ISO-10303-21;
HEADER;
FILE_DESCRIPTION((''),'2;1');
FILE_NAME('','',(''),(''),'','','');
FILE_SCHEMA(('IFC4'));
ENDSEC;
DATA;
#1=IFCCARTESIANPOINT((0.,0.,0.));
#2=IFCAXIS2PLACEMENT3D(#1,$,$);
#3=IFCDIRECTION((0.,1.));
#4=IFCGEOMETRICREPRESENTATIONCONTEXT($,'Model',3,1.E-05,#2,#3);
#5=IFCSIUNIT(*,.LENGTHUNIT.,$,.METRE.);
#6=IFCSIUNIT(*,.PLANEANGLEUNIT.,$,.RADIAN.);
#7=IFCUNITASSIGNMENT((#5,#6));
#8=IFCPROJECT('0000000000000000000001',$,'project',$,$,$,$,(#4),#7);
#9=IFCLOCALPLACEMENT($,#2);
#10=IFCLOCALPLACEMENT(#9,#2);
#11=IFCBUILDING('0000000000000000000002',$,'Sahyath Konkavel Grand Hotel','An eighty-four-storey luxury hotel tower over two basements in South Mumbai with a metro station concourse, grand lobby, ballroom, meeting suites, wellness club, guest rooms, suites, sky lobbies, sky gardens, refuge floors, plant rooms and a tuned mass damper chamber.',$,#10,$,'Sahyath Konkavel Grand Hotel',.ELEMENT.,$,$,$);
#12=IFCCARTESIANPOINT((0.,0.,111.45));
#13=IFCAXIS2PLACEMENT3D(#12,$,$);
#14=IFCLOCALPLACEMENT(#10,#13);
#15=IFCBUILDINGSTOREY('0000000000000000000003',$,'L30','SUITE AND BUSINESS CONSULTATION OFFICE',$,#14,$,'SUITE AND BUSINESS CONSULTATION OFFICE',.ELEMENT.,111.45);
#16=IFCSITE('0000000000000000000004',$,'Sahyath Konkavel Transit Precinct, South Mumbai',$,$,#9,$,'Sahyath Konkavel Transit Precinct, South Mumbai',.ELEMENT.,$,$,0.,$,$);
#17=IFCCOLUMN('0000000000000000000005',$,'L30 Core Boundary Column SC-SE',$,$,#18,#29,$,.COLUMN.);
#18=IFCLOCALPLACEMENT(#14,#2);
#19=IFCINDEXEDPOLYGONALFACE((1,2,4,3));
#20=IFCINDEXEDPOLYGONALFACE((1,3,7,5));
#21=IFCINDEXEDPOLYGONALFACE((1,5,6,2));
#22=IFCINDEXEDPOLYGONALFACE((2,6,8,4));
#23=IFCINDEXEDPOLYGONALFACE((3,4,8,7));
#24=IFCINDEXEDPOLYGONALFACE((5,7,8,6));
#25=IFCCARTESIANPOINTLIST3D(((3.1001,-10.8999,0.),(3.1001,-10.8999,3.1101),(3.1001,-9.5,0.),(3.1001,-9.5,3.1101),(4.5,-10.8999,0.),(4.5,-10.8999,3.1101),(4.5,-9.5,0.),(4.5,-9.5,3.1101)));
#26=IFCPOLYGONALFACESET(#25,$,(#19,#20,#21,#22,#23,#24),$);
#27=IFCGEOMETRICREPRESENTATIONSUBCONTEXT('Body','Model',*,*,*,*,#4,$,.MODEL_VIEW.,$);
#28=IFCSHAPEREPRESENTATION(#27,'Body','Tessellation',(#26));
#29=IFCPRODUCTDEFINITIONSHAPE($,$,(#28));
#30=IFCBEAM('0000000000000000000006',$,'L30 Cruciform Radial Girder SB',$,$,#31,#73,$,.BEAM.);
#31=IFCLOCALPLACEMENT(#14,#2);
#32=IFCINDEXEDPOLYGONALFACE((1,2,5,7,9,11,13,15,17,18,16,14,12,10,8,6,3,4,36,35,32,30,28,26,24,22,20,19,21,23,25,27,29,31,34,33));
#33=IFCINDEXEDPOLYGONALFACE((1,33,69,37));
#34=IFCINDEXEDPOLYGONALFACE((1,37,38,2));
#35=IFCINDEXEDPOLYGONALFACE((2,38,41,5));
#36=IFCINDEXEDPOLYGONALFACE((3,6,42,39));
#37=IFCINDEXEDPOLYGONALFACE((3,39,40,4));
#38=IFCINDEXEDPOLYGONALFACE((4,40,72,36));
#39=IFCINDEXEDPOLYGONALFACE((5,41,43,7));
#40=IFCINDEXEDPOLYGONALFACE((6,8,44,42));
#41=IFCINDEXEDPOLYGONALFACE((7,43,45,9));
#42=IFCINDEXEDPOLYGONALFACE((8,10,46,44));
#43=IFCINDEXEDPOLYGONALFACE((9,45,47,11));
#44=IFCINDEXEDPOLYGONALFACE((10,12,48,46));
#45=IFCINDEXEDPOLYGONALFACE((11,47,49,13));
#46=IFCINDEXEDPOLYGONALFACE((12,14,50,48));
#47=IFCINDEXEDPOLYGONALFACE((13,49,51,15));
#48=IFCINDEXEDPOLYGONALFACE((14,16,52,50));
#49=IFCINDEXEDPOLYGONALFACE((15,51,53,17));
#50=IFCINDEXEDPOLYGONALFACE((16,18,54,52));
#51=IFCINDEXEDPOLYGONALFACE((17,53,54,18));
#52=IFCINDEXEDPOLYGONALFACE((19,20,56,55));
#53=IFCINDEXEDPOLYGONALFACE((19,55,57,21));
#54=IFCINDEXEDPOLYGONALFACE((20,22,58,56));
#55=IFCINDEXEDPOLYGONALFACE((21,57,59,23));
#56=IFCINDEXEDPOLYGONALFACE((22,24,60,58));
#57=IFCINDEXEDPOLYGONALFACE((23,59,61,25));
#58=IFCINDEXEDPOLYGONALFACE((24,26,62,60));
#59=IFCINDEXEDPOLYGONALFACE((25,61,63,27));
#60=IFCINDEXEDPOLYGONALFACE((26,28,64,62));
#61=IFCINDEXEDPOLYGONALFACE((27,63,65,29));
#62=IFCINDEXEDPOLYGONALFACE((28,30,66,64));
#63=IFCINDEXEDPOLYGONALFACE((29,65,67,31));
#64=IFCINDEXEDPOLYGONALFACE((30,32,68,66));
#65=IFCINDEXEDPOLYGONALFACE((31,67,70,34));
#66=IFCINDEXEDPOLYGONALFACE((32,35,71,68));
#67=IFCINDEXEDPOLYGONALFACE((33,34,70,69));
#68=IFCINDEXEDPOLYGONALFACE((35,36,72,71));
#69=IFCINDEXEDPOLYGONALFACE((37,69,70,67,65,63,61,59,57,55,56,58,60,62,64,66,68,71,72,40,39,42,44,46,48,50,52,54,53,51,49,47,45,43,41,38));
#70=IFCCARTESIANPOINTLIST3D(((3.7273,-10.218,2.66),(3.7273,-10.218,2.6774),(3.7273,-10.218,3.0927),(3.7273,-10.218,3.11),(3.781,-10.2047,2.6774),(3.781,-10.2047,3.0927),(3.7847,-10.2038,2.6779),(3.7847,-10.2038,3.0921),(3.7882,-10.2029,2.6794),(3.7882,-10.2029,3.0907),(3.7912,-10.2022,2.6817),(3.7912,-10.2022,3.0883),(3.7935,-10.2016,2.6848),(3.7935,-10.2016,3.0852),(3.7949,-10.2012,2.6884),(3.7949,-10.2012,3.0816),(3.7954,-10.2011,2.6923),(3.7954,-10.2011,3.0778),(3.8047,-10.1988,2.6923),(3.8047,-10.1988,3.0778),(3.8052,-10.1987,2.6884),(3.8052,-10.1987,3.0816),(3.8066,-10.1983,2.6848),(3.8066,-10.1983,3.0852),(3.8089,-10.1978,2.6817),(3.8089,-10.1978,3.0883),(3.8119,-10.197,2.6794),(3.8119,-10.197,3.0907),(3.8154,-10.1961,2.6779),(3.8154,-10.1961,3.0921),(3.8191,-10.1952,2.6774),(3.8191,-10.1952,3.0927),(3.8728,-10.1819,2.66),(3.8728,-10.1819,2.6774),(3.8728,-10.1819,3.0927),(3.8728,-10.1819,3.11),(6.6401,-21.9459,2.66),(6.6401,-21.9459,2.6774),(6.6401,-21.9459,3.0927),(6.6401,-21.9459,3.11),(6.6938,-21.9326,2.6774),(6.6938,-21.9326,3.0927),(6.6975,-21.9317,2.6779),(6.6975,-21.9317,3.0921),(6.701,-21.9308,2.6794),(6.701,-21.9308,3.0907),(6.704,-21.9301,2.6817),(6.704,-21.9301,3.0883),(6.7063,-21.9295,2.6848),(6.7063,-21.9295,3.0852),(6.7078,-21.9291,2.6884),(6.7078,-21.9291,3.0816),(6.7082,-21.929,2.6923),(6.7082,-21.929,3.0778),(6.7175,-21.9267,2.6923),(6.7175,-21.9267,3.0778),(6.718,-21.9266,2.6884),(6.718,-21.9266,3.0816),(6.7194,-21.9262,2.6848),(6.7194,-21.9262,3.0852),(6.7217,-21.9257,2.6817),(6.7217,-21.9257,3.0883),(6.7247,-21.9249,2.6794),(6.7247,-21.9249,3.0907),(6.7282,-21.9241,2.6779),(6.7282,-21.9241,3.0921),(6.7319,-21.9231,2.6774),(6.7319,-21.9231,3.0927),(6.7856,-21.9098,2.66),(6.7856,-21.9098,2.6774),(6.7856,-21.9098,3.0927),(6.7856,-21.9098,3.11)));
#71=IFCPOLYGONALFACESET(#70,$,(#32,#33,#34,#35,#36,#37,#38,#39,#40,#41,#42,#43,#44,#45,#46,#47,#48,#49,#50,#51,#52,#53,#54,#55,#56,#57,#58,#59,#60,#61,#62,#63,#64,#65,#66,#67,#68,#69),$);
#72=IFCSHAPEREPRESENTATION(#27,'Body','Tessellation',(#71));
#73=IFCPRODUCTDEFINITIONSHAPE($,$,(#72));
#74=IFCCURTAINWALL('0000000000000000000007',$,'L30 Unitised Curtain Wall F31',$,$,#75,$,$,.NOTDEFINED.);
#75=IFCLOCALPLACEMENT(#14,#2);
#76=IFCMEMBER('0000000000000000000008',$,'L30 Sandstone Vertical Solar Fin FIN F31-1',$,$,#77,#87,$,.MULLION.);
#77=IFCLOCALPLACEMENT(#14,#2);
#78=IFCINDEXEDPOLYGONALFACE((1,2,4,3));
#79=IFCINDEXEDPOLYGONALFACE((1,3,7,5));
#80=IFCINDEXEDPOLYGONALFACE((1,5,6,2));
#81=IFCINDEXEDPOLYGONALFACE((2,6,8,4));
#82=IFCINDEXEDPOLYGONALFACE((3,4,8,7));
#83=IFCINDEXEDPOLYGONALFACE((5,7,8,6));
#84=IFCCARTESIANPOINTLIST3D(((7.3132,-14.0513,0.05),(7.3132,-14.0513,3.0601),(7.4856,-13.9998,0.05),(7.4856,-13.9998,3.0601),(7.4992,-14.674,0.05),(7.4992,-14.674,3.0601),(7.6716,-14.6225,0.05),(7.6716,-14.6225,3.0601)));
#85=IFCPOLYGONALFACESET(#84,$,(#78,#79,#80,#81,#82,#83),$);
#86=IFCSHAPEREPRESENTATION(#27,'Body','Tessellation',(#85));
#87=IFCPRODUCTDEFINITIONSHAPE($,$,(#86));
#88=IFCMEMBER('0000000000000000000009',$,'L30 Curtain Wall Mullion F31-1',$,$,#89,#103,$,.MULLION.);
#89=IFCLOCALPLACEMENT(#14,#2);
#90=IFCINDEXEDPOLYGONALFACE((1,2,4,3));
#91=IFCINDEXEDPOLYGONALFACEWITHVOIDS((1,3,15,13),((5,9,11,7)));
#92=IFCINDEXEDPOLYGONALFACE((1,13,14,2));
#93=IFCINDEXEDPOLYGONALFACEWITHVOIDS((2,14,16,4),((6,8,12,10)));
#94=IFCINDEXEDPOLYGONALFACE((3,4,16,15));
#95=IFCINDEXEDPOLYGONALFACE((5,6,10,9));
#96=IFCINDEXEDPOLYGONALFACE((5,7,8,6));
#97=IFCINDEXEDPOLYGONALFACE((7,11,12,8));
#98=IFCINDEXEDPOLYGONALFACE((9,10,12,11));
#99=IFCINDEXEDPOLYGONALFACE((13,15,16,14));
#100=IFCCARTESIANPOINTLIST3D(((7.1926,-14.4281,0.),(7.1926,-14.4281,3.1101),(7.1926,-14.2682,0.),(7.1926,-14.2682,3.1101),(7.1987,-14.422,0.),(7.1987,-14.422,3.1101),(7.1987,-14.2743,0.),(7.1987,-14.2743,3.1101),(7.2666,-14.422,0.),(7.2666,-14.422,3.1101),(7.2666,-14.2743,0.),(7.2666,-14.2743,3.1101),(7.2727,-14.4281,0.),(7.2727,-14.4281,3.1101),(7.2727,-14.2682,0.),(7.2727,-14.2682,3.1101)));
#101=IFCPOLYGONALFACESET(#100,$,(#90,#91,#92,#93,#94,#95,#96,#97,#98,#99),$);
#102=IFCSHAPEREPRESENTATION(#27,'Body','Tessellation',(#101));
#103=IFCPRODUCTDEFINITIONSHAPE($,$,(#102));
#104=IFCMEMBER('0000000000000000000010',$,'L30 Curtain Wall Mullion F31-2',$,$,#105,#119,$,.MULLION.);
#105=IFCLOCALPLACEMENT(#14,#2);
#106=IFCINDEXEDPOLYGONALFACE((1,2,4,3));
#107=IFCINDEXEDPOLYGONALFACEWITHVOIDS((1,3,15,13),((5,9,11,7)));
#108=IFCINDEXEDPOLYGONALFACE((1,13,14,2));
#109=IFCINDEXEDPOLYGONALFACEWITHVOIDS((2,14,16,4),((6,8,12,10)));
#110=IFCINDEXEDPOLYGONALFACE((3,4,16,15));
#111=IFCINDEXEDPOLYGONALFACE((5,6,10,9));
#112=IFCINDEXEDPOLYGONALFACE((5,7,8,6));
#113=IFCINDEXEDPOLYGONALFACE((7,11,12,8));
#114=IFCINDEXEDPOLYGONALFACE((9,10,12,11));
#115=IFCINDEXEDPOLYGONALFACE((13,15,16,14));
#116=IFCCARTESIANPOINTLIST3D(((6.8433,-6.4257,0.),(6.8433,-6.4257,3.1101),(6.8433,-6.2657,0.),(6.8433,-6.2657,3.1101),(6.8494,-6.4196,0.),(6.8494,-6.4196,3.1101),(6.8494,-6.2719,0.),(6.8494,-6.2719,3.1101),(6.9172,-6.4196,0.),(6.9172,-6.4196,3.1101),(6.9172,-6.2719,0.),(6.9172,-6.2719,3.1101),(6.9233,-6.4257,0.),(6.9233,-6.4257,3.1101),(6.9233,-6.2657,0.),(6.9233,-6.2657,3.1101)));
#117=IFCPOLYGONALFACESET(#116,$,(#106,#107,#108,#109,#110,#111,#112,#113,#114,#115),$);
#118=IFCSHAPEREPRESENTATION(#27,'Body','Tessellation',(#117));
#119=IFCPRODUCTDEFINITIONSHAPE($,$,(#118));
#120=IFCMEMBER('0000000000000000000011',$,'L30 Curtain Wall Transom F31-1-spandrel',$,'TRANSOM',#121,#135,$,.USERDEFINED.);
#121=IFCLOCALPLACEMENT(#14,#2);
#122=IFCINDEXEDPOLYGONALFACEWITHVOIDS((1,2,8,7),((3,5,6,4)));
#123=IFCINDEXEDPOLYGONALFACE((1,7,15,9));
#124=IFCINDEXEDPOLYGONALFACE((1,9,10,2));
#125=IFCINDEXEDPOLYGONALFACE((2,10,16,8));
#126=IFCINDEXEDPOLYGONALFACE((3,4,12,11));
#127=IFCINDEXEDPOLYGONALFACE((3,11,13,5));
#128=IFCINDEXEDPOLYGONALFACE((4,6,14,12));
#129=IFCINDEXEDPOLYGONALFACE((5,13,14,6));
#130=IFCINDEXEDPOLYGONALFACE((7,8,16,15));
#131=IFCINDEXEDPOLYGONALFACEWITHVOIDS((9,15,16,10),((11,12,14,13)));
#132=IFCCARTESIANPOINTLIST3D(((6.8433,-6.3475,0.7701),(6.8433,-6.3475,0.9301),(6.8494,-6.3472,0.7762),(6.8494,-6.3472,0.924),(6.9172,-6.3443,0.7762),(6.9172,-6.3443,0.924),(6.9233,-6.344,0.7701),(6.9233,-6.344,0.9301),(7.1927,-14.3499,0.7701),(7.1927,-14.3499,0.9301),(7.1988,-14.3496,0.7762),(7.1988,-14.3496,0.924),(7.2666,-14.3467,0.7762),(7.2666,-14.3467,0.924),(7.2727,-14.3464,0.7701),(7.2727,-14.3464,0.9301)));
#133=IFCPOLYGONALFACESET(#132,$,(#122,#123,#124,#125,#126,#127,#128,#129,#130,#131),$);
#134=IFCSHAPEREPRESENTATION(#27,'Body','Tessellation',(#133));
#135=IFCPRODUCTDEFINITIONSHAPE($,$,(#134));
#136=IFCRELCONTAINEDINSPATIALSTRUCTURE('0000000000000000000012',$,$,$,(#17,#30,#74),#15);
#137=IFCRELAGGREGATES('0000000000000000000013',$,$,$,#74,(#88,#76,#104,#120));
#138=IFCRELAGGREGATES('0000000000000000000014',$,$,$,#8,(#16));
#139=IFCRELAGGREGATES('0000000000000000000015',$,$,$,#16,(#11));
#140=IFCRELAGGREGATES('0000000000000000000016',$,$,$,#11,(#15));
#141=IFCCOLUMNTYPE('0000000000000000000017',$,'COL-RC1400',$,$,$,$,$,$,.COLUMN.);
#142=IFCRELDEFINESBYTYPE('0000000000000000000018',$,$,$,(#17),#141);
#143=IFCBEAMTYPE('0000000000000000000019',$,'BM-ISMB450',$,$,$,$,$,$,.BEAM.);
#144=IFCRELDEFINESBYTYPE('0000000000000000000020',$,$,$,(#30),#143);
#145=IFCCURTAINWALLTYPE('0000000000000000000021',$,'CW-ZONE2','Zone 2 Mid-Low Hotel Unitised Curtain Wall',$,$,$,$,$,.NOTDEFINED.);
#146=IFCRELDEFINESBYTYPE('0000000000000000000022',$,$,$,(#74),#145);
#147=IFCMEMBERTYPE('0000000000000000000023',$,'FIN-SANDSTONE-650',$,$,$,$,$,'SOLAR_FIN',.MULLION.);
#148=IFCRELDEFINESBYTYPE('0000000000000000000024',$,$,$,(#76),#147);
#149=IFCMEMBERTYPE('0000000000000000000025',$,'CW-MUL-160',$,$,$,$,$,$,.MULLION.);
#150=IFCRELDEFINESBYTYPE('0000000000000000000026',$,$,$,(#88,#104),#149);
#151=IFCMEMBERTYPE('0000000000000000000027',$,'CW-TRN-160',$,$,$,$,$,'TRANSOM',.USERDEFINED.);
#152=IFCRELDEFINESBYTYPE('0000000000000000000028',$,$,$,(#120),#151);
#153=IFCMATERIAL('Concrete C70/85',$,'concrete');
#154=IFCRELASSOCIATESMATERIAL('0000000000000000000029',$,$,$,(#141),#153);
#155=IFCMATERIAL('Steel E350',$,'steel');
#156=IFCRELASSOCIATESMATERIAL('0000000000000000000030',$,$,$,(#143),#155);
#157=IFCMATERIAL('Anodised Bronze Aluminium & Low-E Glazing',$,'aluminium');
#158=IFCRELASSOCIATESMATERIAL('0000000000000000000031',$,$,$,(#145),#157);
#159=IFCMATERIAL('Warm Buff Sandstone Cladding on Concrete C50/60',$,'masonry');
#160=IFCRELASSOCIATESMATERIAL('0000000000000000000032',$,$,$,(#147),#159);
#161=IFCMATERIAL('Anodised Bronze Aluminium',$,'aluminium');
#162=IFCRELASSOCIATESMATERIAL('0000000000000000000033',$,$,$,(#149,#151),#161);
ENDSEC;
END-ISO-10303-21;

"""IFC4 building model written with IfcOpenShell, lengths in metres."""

from ifc_helpers import new_model, si_unit, direction, frame, origin, origin_2d, place, context, subcontext, project, spatial, rectangle, hollow_rectangle, i_section, extrude, source, transform, mapped, material, material_profile, profile_set, type_object, element, aggregate, save


model = new_model("IFC4")

# Units and contexts
model_context = context("Model", 3, precision=1e-05, world=origin(), true_north=direction((0.0, 1.0)))
body_context = subcontext(model_context, "Body", "Model", "MODEL_VIEW")
ifc_project = project(units=[si_unit("LENGTHUNIT", "METRE"), si_unit("PLANEANGLEUNIT", "RADIAN")], contexts=[model_context])

# Site, building, storey
site_placement = place(None, origin())
site = spatial("IfcSite", under=ifc_project, at=site_placement, Name="Sahyath Konkavel Transit Precinct, South Mumbai", LongName="Sahyath Konkavel Transit Precinct, South Mumbai", CompositionType="ELEMENT", RefElevation=0.0)
building_placement = place(site_placement, origin())
building = spatial("IfcBuilding", under=site, at=building_placement, Name="Sahyath Konkavel Grand Hotel", Description="An eighty-four-storey luxury hotel tower over two basements in South Mumbai with a metro station concourse, grand lobby, ballroom, meeting suites, wellness club, guest rooms, suites, sky lobbies, sky gardens, refuge floors, plant rooms and a tuned mass damper chamber.", LongName="Sahyath Konkavel Grand Hotel", CompositionType="ELEMENT")
storey_placement = place(building_placement, frame((0.0, 0.0, 111.45)))
storey = spatial("IfcBuildingStorey", under=building, at=storey_placement, Name="L30", Description="SUITE AND BUSINESS CONSULTATION OFFICE", LongName="SUITE AND BUSINESS CONSULTATION OFFICE", CompositionType="ELEMENT", Elevation=111.45)

# Column
ifc_material_1 = material(Name="Concrete C70/85", Category="concrete")
ifc_material_profile_1 = material_profile(ifc_material_1, rectangle(XDim=1.3999, YDim=1.3999, at=origin_2d()), Name="RC 1400x1400")
ifc_profile_set_1 = profile_set([ifc_material_profile_1], Name="Concrete C70/85")
column_type = type_object("IfcColumnType", Name="COL-RC1400", PredefinedType="COLUMN", material=ifc_profile_set_1)
shared_shape_1 = source(origin(), body_context, "Body", "SweptSolid", [
    extrude(rectangle(XDim=1.3999, YDim=1.3999, at=origin_2d()), origin(), (0.0, 0.0, 1.0), 3.1101),
])
column_placement = place(storey_placement, frame((3.8, -10.2, 0.0), z_axis=(0.0, 0.0, 1.0), x_axis=(1.0, 0.0, 0.0)))
element("IfcColumn", 1, at=column_placement, inside=storey, type_object=column_type, Name="L30 Core Boundary Column SC-SE", PredefinedType="COLUMN", context=body_context, shape_type="MappedRepresentation", body=[
    mapped(shared_shape_1, transform((0.0, 0.0, 0.0), scale=1.0)),
])

# Beam
ifc_material_2 = material(Name="Steel E350", Category="steel")
ifc_material_profile_2 = material_profile(ifc_material_2, i_section(OverallWidth=0.1499, OverallDepth=0.45, WebThickness=0.0095, FlangeThickness=0.0173, FilletRadius=0.0149, at=origin_2d()), Name="ISMB 450")
ifc_profile_set_2 = profile_set([ifc_material_profile_2], Name="Steel E350")
beam_type_1 = type_object("IfcBeamType", Name="BM-ISMB450", PredefinedType="BEAM", material=ifc_profile_set_2)
shared_shape_2 = source(origin(), body_context, "Body", "SweptSolid", [
    extrude(i_section(OverallWidth=0.1499, OverallDepth=0.45, WebThickness=0.0095, FlangeThickness=0.0173, FilletRadius=0.0149, at=origin_2d()), origin(), (0.0, 0.0, 1.0), 12.0842),
])
beam_1_placement = place(storey_placement, frame((3.8, -10.2, 2.885), z_axis=(0.241043, -0.970515, 0.0), x_axis=(0.970515, 0.241043, 0.0)))
element("IfcBeam", 2, at=beam_1_placement, inside=storey, type_object=beam_type_1, Name="L30 Cruciform Radial Girder SB", PredefinedType="BEAM", context=body_context, shape_type="MappedRepresentation", body=[
    mapped(shared_shape_2, transform((0.0, 0.0, 0.0), scale=1.0)),
])

# Curtain wall, members
ifc_material_3 = material(Name="Anodised Bronze Aluminium & Low-E Glazing", Category="aluminium")
curtain_wall_type = type_object("IfcCurtainWallType", Name="CW-ZONE2", Description="Zone 2 Mid-Low Hotel Unitised Curtain Wall", PredefinedType="NOTDEFINED", material=ifc_material_3)
curtain_wall_placement = place(storey_placement, origin())
curtain_wall = element("IfcCurtainWall", 3, at=curtain_wall_placement, inside=storey, type_object=curtain_wall_type, Name="L30 Unitised Curtain Wall F31", PredefinedType="NOTDEFINED")
ifc_material_4 = material(Name="Warm Buff Sandstone Cladding on Concrete C50/60", Category="masonry")
ifc_material_profile_3 = material_profile(ifc_material_4, rectangle(XDim=0.1799, YDim=0.6499, at=origin_2d()), Name="FIN 180x650")
ifc_profile_set_3 = profile_set([ifc_material_profile_3], Name="Warm Buff Sandstone Cladding on Concrete C50/60")
member_type_1 = type_object("IfcMemberType", Name="FIN-SANDSTONE-650", ElementType="SOLAR_FIN", PredefinedType="MULLION", material=ifc_profile_set_3)
shared_shape_3 = source(origin(), body_context, "Body", "SweptSolid", [
    extrude(rectangle(XDim=0.1799, YDim=0.6499, at=origin_2d()), origin(), (0.0, 0.0, 1.0), 3.01),
])
member_1_placement = place(storey_placement, frame((7.4924, -14.3369, 0.05), z_axis=(0.0, 0.0, 1.0), x_axis=(0.958173, 0.28619, 0.0)))
member_1 = element("IfcMember", 4, at=member_1_placement, type_object=member_type_1, Name="L30 Sandstone Vertical Solar Fin FIN F31-1", PredefinedType="MULLION", context=body_context, shape_type="MappedRepresentation", body=[
    mapped(shared_shape_3, transform((0.0, 0.0, 0.0), scale=1.0)),
])
ifc_material_5 = material(Name="Anodised Bronze Aluminium", Category="aluminium")
ifc_material_profile_4 = material_profile(ifc_material_5, hollow_rectangle(XDim=0.0801, YDim=0.1599, WallThickness=0.0061, at=origin_2d()), Name="RHS 160x80x6")
ifc_profile_set_4 = profile_set([ifc_material_profile_4], Name="Anodised Bronze Aluminium")
member_type_2 = type_object("IfcMemberType", Name="CW-MUL-160", PredefinedType="MULLION", material=ifc_profile_set_4)
shared_shape_4 = source(origin(), body_context, "Body", "SweptSolid", [
    extrude(hollow_rectangle(XDim=0.0801, YDim=0.1599, WallThickness=0.0061, at=origin_2d()), origin(), (0.0, 0.0, 1.0), 3.1101),
])
member_2_placement = place(storey_placement, frame((7.2327, -14.3481, 0.0), z_axis=(0.0, 0.0, 1.0), x_axis=(1.0, 0.0, 0.0)))
member_2 = element("IfcMember", 5, at=member_2_placement, type_object=member_type_2, Name="L30 Curtain Wall Mullion F31-1", PredefinedType="MULLION", context=body_context, shape_type="MappedRepresentation", body=[
    mapped(shared_shape_4, transform((0.0, 0.0, 0.0), scale=1.0)),
])
member_3_placement = place(storey_placement, frame((6.8833, -6.3457, 0.0), z_axis=(0.0, 0.0, 1.0), x_axis=(1.0, 0.0, 0.0)))
member_3 = element("IfcMember", 6, at=member_3_placement, type_object=member_type_2, Name="L30 Curtain Wall Mullion F31-2", PredefinedType="MULLION", context=body_context, shape_type="MappedRepresentation", body=[
    mapped(shared_shape_4, transform((0.0, 0.0, 0.0), scale=1.0)),
])
ifc_material_profile_5 = material_profile(ifc_material_5, hollow_rectangle(XDim=0.0801, YDim=0.1599, WallThickness=0.0061, at=origin_2d()), Name="RHS 160x80x6")
ifc_profile_set_5 = profile_set([ifc_material_profile_5], Name="Anodised Bronze Aluminium")
member_type_3 = type_object("IfcMemberType", Name="CW-TRN-160", ElementType="TRANSOM", PredefinedType="USERDEFINED", material=ifc_profile_set_5)
shared_shape_5 = source(origin(), body_context, "Body", "SweptSolid", [
    extrude(hollow_rectangle(XDim=0.0801, YDim=0.1599, WallThickness=0.0061, at=origin_2d()), origin(), (0.0, 0.0, 1.0), 8.01),
])
member_4_placement = place(storey_placement, frame((7.2327, -14.3481, 0.8501), z_axis=(-0.043616, 0.999048, 0.0), x_axis=(-0.999048, -0.043616, 0.0)))
member_4 = element("IfcMember", 7, at=member_4_placement, type_object=member_type_3, Name="L30 Curtain Wall Transom F31-1-spandrel", ObjectType="TRANSOM", PredefinedType="USERDEFINED", context=body_context, shape_type="MappedRepresentation", body=[
    mapped(shared_shape_5, transform((0.0, 0.0, 0.0), scale=1.0)),
])

aggregate(curtain_wall, [member_2, member_1, member_3, member_4])

save(model, "model.ifc")
